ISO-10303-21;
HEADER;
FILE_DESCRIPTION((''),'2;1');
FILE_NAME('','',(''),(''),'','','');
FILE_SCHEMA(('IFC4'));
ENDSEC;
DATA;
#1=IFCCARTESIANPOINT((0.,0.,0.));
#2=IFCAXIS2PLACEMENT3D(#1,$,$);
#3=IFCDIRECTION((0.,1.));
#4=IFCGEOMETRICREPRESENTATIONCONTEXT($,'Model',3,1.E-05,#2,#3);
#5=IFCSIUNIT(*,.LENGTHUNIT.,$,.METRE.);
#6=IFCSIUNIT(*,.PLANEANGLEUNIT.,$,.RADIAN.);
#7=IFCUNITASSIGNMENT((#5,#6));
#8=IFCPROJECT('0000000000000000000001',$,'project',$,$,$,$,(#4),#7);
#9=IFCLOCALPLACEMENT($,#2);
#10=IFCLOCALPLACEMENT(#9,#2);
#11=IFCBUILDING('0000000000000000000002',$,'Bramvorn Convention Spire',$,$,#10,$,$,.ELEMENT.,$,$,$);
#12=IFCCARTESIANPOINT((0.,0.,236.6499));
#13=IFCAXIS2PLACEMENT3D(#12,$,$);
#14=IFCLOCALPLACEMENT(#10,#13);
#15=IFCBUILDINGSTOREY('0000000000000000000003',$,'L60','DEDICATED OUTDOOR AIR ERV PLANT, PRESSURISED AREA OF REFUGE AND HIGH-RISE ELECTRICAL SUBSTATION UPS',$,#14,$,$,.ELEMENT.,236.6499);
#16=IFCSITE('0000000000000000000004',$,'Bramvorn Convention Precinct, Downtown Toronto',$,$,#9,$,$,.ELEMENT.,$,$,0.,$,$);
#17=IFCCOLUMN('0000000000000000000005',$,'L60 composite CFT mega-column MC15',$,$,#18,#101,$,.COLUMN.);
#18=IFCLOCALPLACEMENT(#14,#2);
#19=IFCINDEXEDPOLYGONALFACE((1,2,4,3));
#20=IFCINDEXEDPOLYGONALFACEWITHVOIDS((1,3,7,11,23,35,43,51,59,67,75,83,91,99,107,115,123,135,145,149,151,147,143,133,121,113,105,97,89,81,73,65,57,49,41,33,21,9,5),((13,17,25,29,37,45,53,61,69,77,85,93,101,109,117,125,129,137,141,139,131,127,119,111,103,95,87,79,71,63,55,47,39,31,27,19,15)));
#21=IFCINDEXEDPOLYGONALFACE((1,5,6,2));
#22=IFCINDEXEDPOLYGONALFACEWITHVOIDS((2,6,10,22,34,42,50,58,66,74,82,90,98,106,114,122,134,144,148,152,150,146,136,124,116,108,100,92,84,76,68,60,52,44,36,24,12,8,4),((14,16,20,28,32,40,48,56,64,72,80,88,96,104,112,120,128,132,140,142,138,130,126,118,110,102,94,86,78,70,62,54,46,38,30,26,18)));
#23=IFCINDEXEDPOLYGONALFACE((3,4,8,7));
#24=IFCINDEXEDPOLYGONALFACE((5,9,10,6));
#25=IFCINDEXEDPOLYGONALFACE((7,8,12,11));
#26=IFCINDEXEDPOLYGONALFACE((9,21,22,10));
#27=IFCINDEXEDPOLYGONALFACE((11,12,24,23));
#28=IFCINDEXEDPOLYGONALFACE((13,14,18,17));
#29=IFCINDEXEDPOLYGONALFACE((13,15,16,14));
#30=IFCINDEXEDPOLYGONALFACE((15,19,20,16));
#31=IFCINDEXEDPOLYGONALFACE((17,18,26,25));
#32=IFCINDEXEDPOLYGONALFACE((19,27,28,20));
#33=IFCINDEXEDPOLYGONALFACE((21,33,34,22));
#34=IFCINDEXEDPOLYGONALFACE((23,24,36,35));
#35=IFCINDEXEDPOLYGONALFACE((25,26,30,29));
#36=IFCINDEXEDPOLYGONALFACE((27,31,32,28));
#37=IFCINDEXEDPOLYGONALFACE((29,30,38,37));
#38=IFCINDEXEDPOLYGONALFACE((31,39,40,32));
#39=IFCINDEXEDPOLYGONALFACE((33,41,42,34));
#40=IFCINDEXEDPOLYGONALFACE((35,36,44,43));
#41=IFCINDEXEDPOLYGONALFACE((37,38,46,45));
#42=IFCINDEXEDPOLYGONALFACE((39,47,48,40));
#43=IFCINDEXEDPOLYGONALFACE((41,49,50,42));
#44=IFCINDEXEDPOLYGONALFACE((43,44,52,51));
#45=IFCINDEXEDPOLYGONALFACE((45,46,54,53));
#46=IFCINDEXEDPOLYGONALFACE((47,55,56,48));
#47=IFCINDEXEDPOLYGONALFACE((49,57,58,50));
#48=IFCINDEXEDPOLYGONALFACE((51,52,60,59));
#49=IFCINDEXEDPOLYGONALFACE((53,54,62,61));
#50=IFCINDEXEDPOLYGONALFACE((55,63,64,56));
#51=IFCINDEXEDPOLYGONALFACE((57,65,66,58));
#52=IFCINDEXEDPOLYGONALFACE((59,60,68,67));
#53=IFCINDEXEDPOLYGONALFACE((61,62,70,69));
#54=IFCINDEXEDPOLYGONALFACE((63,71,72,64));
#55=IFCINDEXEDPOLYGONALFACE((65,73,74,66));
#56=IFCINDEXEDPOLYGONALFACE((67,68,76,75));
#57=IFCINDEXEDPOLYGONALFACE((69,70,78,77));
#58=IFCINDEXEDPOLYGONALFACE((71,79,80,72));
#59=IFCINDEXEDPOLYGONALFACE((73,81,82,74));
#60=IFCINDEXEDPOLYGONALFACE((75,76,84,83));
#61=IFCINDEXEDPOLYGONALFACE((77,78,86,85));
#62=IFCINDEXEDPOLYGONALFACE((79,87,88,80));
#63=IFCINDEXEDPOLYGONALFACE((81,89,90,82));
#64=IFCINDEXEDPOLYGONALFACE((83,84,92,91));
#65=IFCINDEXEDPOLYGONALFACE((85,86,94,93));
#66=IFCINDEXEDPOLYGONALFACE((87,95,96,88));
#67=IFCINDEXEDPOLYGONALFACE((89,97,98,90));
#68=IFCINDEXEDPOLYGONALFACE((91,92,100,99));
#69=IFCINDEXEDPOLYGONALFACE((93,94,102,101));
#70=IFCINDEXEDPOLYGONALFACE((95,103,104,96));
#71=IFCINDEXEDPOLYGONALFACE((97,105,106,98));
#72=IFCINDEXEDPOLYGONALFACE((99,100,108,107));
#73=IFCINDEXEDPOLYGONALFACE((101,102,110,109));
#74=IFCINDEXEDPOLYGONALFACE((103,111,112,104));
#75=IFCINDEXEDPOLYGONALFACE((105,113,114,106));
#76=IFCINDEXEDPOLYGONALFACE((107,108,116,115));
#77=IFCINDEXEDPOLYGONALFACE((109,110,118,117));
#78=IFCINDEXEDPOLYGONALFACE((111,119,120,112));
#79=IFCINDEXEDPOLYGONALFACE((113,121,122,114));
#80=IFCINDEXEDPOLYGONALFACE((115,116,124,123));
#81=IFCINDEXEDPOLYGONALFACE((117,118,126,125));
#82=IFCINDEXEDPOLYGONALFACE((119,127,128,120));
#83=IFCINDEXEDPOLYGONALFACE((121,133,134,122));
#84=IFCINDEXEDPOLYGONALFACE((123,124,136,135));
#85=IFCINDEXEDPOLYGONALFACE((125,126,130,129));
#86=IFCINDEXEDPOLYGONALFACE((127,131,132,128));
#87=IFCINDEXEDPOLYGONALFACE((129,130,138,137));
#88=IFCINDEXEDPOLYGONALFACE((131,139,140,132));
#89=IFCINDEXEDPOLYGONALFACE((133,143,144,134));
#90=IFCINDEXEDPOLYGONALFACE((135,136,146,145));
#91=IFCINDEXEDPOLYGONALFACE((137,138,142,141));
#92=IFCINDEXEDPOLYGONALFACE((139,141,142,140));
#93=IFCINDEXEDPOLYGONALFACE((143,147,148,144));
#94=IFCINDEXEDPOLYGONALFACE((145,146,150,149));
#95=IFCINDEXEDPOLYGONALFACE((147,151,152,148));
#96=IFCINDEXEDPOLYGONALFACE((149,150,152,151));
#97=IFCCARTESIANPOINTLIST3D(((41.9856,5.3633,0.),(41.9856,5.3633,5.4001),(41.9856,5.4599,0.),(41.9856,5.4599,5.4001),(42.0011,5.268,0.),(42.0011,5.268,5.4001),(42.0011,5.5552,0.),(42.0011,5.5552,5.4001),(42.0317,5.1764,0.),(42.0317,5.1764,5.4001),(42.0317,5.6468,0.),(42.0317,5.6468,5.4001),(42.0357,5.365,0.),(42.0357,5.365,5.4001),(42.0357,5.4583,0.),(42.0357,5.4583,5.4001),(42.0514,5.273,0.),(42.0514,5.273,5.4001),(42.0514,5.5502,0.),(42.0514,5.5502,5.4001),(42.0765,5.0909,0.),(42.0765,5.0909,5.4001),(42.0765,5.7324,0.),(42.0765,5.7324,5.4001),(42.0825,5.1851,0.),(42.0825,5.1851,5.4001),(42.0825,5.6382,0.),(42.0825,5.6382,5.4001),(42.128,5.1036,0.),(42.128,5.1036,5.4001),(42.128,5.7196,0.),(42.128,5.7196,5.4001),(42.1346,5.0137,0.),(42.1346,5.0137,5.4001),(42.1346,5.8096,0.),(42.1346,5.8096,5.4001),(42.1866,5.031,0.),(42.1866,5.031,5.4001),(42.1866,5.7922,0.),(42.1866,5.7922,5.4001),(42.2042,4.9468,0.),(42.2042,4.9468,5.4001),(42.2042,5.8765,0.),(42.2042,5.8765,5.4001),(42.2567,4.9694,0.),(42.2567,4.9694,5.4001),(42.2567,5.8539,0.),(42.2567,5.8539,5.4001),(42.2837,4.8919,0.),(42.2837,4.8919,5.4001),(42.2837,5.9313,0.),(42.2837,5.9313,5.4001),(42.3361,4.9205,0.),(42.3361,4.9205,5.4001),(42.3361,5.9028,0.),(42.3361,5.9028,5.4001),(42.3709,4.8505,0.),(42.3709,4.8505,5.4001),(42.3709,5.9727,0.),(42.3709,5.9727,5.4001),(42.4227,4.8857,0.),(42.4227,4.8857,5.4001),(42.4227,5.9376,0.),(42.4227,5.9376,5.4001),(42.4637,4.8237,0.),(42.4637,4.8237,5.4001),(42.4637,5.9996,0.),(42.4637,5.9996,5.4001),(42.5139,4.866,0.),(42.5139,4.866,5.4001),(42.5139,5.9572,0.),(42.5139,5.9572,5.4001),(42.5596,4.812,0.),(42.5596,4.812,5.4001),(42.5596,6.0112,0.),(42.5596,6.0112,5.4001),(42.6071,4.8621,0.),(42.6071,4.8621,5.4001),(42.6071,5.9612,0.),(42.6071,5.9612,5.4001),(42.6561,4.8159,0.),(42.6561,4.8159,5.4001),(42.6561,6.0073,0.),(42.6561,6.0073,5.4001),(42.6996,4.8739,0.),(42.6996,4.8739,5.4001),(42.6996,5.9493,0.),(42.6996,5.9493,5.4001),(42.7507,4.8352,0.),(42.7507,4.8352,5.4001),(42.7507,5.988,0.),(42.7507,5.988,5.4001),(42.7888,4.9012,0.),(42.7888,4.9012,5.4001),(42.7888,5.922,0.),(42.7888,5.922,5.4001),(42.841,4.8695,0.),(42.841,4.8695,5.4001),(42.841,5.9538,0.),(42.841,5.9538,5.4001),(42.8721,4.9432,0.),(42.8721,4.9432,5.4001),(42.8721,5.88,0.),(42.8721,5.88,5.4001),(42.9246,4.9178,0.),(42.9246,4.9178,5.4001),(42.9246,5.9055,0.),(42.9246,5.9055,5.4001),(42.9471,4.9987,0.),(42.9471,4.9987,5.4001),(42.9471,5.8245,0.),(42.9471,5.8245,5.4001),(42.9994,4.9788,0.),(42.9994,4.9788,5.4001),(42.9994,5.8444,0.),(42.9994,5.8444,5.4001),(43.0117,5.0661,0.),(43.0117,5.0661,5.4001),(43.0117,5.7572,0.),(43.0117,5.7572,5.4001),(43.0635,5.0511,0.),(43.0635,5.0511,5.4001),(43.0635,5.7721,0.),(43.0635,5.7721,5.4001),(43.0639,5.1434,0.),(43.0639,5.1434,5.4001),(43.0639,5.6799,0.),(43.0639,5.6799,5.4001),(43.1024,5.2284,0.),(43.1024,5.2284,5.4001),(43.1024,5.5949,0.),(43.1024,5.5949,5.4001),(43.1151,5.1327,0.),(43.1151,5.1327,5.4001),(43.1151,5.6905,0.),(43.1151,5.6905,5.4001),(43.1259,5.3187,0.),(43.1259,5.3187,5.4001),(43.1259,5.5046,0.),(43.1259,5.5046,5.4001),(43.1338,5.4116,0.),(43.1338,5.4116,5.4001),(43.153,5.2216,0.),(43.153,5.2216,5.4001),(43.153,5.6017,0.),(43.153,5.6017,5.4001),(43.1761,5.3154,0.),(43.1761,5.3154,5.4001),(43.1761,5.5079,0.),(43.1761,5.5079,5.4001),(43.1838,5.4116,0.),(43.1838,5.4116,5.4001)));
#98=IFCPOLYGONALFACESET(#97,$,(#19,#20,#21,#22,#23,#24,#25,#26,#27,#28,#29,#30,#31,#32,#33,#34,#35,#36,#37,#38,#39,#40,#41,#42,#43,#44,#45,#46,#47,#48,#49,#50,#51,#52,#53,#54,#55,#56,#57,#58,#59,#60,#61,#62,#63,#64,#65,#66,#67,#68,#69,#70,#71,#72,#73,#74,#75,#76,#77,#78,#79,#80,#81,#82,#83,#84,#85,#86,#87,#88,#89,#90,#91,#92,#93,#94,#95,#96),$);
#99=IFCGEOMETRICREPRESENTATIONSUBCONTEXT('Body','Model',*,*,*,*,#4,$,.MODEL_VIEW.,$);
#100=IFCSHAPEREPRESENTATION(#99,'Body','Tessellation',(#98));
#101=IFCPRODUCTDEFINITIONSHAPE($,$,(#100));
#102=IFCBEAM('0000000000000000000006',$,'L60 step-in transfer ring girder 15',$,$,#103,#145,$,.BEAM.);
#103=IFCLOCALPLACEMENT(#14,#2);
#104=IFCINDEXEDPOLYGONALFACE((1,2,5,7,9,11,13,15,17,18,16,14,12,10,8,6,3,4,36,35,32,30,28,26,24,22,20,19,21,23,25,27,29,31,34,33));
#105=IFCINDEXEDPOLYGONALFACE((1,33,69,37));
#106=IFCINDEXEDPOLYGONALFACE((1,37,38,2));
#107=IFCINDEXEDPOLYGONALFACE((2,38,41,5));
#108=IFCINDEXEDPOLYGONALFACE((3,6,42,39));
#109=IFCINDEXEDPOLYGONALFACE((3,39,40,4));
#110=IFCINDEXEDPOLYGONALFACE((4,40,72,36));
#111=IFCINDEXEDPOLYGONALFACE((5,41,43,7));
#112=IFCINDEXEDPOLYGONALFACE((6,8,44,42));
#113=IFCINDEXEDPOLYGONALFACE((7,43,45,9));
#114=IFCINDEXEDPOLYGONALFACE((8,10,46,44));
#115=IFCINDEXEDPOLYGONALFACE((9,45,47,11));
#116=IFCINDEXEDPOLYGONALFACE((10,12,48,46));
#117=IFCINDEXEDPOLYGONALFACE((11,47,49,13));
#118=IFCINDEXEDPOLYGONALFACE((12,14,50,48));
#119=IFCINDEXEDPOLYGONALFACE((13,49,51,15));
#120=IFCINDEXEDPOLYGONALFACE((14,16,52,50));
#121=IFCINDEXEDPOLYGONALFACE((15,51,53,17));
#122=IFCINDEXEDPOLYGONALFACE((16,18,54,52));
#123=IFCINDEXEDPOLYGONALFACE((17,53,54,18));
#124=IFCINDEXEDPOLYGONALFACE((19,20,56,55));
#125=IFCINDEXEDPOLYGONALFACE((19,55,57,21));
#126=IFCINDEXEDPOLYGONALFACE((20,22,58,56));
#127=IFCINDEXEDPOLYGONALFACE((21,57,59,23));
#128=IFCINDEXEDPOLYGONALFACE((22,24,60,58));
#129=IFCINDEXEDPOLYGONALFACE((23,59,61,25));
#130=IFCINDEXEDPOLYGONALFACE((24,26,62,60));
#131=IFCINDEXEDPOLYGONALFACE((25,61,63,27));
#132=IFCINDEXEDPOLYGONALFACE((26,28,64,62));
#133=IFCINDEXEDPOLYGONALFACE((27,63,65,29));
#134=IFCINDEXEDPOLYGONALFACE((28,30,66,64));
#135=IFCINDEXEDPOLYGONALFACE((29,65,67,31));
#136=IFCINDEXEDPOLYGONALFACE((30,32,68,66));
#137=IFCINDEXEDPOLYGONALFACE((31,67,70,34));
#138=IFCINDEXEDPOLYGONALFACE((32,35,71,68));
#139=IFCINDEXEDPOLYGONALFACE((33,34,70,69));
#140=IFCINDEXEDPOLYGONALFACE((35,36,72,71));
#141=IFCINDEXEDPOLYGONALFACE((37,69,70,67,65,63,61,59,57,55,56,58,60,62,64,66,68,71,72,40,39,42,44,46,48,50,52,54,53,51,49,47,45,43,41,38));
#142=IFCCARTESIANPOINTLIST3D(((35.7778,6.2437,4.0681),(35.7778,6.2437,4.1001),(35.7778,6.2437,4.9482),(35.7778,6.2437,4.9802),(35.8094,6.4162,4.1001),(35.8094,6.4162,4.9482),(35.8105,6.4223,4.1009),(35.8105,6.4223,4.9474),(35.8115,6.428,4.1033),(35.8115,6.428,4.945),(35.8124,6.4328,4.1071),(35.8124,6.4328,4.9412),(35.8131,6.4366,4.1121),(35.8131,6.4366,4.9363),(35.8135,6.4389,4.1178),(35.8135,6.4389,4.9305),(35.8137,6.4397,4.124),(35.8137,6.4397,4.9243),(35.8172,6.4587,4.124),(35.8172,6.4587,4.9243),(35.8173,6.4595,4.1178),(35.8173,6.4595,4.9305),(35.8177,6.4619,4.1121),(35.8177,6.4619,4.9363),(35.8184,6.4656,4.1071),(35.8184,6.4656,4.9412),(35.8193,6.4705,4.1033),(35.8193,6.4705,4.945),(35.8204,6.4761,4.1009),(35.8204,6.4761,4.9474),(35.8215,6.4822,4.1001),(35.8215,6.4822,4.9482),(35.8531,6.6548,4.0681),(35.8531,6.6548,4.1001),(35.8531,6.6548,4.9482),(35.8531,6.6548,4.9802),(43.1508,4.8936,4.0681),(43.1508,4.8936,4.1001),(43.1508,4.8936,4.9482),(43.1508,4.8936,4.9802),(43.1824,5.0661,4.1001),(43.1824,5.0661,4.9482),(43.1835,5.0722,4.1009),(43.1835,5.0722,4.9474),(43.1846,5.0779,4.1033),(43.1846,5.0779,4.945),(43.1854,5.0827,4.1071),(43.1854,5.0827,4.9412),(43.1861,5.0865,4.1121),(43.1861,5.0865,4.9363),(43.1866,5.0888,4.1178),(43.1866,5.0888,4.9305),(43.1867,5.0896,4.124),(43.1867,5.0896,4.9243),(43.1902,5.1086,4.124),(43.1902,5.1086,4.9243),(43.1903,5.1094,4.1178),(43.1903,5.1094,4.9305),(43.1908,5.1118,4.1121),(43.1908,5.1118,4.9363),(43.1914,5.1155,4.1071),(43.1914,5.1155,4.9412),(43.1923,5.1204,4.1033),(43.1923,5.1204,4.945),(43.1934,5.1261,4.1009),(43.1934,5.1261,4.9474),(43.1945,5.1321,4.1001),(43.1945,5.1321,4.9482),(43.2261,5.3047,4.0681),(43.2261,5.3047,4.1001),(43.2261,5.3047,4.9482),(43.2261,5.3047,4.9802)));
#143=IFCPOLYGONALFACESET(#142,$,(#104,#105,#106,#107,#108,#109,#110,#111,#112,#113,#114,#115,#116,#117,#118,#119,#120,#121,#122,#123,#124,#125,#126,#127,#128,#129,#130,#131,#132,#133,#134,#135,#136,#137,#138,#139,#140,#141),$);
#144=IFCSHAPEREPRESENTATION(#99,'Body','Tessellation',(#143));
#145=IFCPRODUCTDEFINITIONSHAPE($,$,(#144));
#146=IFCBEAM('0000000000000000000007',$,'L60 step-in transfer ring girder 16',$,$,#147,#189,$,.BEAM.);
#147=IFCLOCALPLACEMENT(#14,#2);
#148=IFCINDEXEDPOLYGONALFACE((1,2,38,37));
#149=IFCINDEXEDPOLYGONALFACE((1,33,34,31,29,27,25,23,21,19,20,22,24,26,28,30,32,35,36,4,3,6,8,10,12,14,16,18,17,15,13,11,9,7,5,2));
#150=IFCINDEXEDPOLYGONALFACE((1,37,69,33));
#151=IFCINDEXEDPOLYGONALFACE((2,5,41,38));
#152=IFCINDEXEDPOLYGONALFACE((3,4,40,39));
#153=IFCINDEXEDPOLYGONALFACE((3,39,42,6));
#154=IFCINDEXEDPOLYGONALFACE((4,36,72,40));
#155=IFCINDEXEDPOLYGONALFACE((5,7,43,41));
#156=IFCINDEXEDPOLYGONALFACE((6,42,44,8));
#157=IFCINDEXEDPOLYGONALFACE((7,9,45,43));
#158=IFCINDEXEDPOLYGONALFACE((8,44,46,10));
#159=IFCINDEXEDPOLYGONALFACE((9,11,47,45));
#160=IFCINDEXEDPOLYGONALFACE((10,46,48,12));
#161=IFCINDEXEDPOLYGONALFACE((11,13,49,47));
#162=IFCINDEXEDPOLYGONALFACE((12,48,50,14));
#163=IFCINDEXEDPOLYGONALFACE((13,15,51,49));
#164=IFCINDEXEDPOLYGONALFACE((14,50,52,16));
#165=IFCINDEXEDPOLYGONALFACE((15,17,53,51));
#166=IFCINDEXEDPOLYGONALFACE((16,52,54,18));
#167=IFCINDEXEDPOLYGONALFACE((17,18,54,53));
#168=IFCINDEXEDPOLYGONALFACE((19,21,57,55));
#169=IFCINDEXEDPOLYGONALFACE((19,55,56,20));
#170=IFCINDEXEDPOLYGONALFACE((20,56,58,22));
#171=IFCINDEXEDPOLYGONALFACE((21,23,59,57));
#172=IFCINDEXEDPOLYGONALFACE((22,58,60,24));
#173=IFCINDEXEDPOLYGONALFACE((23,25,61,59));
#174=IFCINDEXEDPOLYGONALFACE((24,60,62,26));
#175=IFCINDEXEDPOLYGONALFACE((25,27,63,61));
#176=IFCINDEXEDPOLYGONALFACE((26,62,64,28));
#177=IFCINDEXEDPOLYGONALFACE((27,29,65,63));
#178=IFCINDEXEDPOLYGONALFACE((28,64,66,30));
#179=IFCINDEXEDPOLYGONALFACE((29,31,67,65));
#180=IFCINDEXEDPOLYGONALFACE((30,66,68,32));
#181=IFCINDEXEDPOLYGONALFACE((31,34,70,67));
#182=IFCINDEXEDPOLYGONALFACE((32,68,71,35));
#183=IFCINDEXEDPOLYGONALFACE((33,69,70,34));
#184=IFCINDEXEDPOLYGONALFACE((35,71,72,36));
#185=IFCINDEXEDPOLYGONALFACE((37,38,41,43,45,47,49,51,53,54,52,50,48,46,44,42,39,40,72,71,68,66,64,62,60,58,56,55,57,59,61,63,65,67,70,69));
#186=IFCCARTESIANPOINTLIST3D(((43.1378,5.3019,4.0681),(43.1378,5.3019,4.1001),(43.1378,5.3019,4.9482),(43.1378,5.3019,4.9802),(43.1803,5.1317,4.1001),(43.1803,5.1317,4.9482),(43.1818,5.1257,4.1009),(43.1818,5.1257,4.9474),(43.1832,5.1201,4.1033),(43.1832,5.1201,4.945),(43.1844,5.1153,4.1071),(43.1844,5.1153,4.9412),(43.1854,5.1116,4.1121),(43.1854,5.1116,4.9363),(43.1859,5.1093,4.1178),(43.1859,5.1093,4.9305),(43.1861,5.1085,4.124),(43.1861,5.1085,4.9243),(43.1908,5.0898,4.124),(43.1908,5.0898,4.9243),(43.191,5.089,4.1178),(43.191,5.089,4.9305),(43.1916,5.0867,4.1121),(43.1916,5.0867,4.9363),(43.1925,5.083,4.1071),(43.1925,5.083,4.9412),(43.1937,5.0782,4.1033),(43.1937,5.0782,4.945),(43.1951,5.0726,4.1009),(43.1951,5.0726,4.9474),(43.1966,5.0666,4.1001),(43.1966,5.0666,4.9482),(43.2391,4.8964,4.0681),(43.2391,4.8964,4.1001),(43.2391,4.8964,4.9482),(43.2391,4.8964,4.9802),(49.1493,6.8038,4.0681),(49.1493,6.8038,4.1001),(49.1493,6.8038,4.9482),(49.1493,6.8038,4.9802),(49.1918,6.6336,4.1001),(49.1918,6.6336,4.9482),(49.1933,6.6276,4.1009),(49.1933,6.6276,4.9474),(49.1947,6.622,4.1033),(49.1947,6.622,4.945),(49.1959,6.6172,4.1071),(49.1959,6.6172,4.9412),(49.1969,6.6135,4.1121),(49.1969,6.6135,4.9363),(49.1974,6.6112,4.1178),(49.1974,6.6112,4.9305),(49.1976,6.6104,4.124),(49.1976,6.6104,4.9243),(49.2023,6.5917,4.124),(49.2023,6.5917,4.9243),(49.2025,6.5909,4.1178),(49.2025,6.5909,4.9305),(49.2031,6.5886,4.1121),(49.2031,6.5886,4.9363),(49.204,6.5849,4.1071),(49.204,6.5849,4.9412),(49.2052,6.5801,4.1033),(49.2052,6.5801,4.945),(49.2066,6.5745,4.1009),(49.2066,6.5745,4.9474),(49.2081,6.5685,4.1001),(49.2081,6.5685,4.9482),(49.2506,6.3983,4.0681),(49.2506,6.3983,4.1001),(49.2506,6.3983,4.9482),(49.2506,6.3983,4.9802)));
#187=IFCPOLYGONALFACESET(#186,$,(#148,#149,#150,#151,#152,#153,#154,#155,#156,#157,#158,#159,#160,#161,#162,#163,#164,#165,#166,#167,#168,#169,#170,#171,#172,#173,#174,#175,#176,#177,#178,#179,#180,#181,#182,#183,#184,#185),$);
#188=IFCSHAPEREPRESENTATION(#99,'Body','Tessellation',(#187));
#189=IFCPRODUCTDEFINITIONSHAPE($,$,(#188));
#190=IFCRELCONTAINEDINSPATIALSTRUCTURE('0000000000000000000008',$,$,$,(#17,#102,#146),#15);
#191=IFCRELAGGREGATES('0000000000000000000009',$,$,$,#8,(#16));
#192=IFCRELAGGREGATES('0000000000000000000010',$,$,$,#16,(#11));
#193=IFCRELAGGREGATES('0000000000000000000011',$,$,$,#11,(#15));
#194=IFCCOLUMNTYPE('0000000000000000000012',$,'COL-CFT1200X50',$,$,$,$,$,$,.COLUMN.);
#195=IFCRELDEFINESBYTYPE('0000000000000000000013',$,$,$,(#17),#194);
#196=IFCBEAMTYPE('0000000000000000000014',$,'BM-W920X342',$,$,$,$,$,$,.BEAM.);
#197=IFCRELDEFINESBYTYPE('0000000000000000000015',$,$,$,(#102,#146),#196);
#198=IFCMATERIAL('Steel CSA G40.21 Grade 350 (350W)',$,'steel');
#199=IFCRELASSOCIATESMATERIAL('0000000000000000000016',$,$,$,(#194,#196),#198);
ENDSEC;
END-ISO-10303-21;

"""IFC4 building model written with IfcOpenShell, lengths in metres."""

from ifc_helpers import new_model, si_unit, direction, frame, origin, origin_2d, place, context, subcontext, project, spatial, hollow_circle, i_section, extrude, material, material_profile, profile_set, type_object, element, save


model = new_model("IFC4")

# Units and contexts
model_context = context("Model", 3, precision=1e-05, world=origin(), true_north=direction((0.0, 1.0)))
body_context = subcontext(model_context, "Body", "Model", "MODEL_VIEW")
ifc_project = project(units=[si_unit("LENGTHUNIT", "METRE"), si_unit("PLANEANGLEUNIT", "RADIAN")], contexts=[model_context])

# Site, building, storey
site_placement = place(None, origin())
site = spatial("IfcSite", under=ifc_project, at=site_placement, Name="Bramvorn Convention Precinct, Downtown Toronto", CompositionType="ELEMENT", RefElevation=0.0)
building_placement = place(site_placement, origin())
building = spatial("IfcBuilding", under=site, at=building_placement, Name="Bramvorn Convention Spire", CompositionType="ELEMENT")
storey_placement = place(building_placement, frame((0.0, 0.0, 236.6499)))
storey = spatial("IfcBuildingStorey", under=building, at=storey_placement, Name="L60", Description="DEDICATED OUTDOOR AIR ERV PLANT, PRESSURISED AREA OF REFUGE AND HIGH-RISE ELECTRICAL SUBSTATION UPS", CompositionType="ELEMENT", Elevation=236.6499)

# Column
ifc_material_1 = material(Name="Steel CSA G40.21 Grade 350 (350W)", Category="steel")
ifc_material_profile_1 = material_profile(ifc_material_1, hollow_circle(Radius=0.6001, WallThickness=0.05, at=origin_2d()))
ifc_profile_set_1 = profile_set([ifc_material_profile_1], Name="Steel CSA G40.21 Grade 350 (350W) - CFT1200X50")
column_type = type_object("IfcColumnType", Name="COL-CFT1200X50", PredefinedType="COLUMN", material=ifc_profile_set_1)
column_placement = place(storey_placement, frame((42.5837, 5.4116, 0.0), z_axis=(0.0, 0.0, 1.0), x_axis=(1.0, 0.0, 0.0)))
element("IfcColumn", 1, at=column_placement, inside=storey, type_object=column_type, Name="L60 composite CFT mega-column MC15", PredefinedType="COLUMN", context=body_context, shape_type="SweptSolid", body=[
    extrude(hollow_circle(Radius=0.6001, WallThickness=0.05, at=origin_2d()), origin(), (0.0, 0.0, 1.0), 5.4001),
])

# Beams
ifc_material_profile_2 = material_profile(ifc_material_1, i_section(OverallWidth=0.418, OverallDepth=0.9121, WebThickness=0.0193, FlangeThickness=0.032, FilletRadius=0.0239, at=origin_2d()))
ifc_profile_set_2 = profile_set([ifc_material_profile_2], Name="Steel CSA G40.21 Grade 350 (350W) - W920X342")
beam_type = type_object("IfcBeamType", Name="BM-W920X342", PredefinedType="BEAM", material=ifc_profile_set_2)
beam_1_placement = place(storey_placement, frame((35.8154, 6.4492, 4.5242), z_axis=(0.983645, -0.180118, 0.0), x_axis=(0.180118, 0.983645, 0.0)))
element("IfcBeam", 2, at=beam_1_placement, inside=storey, type_object=beam_type, Name="L60 step-in transfer ring girder 15", PredefinedType="BEAM", context=body_context, shape_type="SweptSolid", body=[
    extrude(i_section(OverallWidth=0.418, OverallDepth=0.9121, WebThickness=0.0193, FlangeThickness=0.032, FilletRadius=0.0239, at=origin_2d()), origin(), (0.0, 0.0, 1.0), 7.4956),
])
beam_2_placement = place(storey_placement, frame((43.1885, 5.0991, 4.5242), z_axis=(0.970177, 0.242397, 0.0), x_axis=(-0.242397, 0.970177, 0.0)))
element("IfcBeam", 3, at=beam_2_placement, inside=storey, type_object=beam_type, Name="L60 step-in transfer ring girder 16", PredefinedType="BEAM", context=body_context, shape_type="SweptSolid", body=[
    extrude(i_section(OverallWidth=0.418, OverallDepth=0.9121, WebThickness=0.0193, FlangeThickness=0.032, FilletRadius=0.0239, at=origin_2d()), origin(), (0.0, 0.0, 1.0), 6.1963),
])

save(model, "model.ifc")
